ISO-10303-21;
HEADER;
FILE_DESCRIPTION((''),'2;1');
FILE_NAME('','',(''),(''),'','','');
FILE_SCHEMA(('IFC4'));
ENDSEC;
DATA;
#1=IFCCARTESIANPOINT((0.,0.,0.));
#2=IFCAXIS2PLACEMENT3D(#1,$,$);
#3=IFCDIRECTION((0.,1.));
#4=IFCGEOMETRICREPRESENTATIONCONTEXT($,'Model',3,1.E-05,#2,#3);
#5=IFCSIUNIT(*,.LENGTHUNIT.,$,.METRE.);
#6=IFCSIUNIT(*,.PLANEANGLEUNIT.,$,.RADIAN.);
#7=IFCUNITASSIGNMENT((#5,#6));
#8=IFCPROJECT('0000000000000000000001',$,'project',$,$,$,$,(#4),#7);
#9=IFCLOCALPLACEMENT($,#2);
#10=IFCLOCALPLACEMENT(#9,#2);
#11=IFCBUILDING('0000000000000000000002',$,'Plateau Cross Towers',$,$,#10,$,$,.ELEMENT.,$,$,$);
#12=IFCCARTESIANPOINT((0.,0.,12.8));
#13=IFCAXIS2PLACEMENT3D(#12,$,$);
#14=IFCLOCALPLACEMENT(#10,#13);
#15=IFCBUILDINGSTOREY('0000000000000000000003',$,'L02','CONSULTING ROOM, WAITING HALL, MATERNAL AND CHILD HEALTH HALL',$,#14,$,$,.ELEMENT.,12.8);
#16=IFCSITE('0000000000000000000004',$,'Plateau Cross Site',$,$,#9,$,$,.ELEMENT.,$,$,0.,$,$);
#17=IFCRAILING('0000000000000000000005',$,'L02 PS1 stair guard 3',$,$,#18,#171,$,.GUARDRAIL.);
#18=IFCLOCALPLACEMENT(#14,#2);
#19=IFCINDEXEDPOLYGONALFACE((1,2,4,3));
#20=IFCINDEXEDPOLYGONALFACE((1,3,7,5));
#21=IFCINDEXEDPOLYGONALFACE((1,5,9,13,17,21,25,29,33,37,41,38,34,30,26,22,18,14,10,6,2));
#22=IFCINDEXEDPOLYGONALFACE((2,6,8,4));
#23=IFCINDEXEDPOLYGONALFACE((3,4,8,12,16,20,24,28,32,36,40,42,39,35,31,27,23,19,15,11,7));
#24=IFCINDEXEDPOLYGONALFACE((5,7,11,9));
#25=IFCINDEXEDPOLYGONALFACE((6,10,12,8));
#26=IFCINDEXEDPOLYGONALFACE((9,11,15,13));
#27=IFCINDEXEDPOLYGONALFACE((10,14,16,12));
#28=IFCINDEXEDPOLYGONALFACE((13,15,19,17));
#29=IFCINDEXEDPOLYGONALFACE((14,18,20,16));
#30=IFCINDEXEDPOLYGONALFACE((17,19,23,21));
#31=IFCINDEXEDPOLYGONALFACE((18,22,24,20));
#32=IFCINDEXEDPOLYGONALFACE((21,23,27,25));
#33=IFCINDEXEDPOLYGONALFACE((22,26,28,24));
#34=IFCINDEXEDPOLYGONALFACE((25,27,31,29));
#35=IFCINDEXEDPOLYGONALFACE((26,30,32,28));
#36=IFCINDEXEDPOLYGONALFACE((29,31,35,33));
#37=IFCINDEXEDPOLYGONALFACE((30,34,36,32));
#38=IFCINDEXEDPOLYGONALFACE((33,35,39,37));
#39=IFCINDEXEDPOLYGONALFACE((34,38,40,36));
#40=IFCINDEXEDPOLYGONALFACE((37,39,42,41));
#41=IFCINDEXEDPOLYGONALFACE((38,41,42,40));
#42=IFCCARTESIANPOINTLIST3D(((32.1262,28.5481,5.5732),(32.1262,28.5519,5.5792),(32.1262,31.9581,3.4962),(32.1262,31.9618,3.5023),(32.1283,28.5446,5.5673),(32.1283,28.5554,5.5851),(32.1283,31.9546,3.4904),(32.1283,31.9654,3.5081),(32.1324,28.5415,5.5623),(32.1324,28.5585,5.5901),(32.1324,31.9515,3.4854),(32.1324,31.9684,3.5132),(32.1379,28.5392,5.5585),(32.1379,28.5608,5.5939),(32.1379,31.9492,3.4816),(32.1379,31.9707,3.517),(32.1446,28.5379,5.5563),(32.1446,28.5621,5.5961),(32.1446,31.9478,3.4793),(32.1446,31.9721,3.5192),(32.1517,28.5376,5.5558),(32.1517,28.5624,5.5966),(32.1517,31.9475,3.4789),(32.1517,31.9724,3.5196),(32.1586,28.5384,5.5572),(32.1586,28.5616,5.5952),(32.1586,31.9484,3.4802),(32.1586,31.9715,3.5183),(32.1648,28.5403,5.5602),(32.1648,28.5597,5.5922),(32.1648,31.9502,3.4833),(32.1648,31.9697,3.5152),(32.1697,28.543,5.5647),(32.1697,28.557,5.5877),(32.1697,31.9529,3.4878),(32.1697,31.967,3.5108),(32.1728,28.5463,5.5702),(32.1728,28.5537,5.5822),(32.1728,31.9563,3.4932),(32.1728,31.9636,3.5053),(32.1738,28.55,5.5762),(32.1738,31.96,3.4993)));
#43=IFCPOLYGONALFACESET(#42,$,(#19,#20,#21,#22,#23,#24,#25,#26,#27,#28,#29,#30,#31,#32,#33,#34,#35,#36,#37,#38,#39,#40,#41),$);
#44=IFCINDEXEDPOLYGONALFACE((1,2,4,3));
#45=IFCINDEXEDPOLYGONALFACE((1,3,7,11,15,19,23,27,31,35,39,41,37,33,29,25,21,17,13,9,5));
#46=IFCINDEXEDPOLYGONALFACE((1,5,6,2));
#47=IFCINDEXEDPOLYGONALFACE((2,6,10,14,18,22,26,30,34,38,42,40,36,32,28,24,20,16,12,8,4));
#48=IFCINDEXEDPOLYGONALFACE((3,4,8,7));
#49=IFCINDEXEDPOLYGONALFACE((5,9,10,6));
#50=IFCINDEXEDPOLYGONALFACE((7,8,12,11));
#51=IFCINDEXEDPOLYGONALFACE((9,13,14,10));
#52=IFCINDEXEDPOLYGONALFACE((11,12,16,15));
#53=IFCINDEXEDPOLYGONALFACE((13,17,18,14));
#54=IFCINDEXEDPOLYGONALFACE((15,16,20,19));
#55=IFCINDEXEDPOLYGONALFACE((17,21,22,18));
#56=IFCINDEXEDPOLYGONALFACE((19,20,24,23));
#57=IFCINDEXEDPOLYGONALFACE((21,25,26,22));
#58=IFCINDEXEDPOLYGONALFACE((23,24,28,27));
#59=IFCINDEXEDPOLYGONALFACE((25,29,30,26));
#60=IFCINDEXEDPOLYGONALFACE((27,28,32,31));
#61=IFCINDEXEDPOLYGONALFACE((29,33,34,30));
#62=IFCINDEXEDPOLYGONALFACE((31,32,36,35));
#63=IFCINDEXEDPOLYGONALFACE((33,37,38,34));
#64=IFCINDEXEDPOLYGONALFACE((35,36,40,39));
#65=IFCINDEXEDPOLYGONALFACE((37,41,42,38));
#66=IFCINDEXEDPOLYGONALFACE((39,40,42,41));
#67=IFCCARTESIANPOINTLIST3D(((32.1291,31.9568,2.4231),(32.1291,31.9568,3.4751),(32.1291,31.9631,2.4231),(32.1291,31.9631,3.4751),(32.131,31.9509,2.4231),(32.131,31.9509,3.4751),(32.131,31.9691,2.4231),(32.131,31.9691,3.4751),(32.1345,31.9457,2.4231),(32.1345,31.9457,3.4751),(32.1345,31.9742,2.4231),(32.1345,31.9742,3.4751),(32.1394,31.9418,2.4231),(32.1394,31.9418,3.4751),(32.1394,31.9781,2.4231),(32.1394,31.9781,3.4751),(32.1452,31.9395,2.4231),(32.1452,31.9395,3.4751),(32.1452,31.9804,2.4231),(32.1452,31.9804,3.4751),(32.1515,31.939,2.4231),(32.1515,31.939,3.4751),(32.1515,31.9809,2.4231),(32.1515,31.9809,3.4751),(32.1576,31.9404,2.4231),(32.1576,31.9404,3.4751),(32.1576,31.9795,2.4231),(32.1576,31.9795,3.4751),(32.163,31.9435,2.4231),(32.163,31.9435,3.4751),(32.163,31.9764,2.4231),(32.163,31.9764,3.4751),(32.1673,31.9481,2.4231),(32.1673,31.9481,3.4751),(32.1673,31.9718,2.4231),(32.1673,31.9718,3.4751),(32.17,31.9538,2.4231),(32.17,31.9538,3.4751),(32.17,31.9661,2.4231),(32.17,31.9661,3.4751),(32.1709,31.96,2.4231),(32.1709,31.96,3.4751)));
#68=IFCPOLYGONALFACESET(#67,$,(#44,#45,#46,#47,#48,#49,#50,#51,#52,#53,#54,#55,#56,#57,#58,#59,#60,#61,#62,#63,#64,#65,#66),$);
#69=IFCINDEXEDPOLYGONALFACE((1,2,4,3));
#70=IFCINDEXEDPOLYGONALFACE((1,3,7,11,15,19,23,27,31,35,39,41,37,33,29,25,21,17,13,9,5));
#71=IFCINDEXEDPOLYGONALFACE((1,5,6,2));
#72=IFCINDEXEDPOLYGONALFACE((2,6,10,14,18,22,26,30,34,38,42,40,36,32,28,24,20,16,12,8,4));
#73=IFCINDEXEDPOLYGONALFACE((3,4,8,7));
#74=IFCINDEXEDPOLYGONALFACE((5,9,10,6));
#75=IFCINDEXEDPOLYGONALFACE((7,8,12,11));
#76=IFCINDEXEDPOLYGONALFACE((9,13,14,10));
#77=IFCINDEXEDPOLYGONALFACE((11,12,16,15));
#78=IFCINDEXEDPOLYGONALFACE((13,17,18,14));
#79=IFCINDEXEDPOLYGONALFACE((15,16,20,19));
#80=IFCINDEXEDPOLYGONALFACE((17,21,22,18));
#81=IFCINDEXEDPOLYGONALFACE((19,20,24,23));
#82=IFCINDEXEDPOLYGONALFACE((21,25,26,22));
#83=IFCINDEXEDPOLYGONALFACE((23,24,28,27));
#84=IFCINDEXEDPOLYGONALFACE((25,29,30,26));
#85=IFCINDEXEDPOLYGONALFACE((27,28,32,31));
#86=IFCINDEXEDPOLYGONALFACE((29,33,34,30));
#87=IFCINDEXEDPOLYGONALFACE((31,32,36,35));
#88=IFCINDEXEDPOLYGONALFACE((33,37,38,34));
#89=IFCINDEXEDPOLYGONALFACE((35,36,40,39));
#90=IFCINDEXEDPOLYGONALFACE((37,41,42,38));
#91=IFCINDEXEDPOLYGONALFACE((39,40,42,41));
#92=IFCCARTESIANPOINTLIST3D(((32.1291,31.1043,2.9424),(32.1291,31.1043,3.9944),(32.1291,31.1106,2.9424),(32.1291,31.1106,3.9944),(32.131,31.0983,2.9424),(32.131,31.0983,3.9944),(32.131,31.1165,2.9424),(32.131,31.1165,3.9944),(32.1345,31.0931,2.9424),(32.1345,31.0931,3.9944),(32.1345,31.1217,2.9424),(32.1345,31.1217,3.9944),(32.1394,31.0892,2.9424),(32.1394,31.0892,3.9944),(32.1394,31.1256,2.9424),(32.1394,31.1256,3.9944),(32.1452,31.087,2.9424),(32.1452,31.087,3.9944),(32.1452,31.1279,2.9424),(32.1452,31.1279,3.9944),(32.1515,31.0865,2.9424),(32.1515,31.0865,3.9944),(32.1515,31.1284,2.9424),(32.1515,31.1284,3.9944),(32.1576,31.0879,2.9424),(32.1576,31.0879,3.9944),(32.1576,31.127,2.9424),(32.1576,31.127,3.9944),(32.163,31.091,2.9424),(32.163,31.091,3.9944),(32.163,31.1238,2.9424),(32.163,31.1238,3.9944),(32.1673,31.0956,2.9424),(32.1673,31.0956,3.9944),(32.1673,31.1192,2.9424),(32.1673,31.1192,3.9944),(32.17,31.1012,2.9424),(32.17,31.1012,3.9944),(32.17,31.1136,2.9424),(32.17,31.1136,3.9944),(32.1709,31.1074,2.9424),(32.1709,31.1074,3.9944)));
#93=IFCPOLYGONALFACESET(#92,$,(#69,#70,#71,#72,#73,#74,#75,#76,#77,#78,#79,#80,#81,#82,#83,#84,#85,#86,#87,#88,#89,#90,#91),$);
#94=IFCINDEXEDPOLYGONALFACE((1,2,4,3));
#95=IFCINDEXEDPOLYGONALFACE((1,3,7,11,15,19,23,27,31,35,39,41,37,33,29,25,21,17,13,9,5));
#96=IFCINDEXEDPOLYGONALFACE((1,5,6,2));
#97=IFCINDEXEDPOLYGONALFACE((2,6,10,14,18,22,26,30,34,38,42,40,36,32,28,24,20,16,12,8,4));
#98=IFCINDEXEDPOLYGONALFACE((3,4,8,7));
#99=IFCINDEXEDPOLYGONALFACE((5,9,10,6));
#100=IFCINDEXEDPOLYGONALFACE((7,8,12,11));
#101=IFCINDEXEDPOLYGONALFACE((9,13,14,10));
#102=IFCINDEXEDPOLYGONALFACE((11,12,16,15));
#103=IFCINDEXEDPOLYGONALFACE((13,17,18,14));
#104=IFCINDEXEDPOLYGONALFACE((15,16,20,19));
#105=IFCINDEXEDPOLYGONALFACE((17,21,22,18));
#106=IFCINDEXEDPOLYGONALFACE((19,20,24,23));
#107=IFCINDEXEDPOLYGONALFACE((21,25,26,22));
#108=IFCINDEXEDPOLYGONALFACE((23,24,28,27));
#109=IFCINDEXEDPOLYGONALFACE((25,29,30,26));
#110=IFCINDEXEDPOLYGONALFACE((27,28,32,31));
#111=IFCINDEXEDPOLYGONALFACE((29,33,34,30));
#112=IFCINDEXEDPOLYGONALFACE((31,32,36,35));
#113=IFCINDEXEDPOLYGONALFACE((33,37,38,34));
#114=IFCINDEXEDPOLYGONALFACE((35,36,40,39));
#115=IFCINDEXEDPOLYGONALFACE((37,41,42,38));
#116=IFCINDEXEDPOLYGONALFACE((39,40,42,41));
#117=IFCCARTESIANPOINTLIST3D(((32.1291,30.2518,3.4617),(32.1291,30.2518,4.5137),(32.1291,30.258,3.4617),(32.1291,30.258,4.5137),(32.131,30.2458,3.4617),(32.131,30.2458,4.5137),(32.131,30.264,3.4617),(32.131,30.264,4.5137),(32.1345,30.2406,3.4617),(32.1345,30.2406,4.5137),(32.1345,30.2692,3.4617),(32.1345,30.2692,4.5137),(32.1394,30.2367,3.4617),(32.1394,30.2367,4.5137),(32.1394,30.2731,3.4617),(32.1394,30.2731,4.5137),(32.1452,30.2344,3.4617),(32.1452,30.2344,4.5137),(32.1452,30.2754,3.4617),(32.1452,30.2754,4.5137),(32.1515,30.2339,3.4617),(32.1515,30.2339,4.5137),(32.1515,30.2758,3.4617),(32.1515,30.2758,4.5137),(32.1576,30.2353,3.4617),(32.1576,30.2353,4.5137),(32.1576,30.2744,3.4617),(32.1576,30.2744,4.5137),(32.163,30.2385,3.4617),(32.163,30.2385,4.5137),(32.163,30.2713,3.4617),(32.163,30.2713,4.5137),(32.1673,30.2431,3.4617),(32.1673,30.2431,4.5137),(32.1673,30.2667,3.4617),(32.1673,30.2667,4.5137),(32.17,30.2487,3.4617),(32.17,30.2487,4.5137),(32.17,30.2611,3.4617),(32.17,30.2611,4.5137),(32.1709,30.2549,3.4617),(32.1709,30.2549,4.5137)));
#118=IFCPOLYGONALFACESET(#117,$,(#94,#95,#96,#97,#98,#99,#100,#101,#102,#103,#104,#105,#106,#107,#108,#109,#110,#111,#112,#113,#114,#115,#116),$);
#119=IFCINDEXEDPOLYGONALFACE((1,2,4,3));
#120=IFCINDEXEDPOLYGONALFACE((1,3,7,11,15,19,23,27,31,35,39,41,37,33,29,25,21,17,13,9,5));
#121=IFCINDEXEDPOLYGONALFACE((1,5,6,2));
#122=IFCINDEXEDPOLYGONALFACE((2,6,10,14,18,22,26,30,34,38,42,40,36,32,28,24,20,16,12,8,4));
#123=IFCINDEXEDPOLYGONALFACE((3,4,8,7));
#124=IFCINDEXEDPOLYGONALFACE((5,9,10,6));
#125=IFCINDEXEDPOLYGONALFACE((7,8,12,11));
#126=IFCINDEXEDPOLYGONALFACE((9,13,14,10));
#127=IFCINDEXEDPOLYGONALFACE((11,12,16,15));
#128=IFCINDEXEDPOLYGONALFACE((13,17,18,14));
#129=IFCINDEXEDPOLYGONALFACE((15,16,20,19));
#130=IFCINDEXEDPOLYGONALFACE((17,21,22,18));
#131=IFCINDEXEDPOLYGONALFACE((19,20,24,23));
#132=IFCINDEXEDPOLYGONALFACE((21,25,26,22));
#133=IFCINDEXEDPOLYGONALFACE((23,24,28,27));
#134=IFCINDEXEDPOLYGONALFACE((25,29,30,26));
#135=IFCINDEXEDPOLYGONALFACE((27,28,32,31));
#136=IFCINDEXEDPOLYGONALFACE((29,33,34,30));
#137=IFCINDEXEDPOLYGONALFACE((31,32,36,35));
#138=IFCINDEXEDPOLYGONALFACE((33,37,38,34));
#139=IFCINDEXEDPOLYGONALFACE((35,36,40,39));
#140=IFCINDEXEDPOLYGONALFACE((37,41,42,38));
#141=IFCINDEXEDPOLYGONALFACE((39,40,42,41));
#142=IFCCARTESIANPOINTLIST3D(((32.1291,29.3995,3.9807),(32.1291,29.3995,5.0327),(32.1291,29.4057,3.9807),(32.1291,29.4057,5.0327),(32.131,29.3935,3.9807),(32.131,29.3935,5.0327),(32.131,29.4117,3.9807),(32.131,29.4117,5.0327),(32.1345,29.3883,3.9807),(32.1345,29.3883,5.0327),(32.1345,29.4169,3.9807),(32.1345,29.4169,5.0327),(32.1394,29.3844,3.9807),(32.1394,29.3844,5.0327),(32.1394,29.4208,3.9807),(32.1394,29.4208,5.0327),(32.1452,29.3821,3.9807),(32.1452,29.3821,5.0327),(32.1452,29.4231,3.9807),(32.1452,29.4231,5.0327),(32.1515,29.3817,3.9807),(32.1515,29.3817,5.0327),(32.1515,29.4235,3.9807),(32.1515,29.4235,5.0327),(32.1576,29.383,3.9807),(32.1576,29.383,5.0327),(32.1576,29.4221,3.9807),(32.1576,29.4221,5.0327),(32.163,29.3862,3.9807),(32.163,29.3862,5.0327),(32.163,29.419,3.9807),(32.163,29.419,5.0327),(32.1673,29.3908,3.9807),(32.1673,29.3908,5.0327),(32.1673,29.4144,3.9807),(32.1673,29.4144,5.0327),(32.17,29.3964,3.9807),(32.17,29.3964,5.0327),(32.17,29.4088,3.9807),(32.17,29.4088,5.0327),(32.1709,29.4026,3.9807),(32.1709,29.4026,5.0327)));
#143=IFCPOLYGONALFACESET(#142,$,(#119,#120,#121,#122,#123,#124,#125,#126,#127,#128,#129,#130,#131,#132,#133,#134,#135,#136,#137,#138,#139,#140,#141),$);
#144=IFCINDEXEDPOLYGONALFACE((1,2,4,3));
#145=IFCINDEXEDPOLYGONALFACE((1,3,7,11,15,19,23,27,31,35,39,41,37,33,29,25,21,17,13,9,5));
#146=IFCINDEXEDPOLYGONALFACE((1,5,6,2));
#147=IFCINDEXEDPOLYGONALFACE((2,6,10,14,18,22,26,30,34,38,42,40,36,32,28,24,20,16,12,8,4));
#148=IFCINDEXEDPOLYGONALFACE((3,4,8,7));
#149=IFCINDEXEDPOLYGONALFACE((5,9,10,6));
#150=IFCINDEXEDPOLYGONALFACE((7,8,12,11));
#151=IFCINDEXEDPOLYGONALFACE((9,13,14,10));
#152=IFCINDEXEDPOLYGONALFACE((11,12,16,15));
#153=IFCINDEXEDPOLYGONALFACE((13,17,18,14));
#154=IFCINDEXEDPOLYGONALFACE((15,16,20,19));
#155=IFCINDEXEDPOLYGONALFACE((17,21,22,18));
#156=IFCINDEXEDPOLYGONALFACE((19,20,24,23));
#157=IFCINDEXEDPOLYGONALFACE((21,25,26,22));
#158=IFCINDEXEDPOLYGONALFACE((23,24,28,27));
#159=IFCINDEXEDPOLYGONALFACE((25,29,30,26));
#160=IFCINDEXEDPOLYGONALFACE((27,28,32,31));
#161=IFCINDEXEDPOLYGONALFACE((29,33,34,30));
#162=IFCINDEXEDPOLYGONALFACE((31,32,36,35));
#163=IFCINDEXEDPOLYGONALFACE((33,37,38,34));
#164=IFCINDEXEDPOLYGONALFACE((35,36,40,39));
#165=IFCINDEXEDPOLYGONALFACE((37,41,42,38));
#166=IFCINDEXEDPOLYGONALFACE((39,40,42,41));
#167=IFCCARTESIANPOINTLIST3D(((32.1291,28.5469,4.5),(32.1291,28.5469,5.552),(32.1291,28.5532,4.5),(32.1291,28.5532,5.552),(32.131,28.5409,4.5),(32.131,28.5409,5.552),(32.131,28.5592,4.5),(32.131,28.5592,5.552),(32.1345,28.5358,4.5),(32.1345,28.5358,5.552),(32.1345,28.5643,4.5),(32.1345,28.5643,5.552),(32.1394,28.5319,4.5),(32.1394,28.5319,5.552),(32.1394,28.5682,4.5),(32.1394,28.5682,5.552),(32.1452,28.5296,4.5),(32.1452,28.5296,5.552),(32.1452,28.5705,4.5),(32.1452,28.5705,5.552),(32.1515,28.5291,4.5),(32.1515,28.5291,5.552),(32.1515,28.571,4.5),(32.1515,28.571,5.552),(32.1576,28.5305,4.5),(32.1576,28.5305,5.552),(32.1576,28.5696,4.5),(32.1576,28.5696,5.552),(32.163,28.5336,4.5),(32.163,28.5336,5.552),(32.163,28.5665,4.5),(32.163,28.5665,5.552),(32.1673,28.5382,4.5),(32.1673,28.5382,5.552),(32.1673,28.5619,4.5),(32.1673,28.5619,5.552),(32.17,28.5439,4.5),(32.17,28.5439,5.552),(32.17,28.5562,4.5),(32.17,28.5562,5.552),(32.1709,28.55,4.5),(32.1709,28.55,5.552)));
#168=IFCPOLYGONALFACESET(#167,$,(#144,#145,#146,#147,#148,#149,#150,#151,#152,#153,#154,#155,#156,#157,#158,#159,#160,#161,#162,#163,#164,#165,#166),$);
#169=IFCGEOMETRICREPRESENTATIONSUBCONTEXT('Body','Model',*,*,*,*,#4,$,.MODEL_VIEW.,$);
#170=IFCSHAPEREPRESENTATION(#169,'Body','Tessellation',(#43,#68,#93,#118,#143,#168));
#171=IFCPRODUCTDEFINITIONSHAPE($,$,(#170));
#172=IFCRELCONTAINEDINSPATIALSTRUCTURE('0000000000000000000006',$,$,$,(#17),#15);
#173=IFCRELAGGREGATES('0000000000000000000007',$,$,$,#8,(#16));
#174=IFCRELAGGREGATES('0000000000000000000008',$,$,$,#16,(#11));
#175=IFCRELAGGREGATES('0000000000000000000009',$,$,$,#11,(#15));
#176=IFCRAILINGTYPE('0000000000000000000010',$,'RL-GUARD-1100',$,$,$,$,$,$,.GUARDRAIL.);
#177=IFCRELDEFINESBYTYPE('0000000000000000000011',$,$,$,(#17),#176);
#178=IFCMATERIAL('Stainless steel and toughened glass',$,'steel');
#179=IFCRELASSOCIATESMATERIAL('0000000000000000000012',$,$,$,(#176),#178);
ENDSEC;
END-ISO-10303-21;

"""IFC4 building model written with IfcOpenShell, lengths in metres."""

from ifc_helpers import new_model, si_unit, direction, frame, origin, origin_2d, place, context, subcontext, project, spatial, circle, extrude, material, type_object, element, save


model = new_model("IFC4")

# Units and contexts
model_context = context("Model", 3, precision=1e-05, world=origin(), true_north=direction((0.0, 1.0)))
body_context = subcontext(model_context, "Body", "Model", "MODEL_VIEW")
ifc_project = project(units=[si_unit("LENGTHUNIT", "METRE"), si_unit("PLANEANGLEUNIT", "RADIAN")], contexts=[model_context])

# Site, building, storey
site_placement = place(None, origin())
site = spatial("IfcSite", under=ifc_project, at=site_placement, Name="Plateau Cross Site", CompositionType="ELEMENT", RefElevation=0.0)
building_placement = place(site_placement, origin())
building = spatial("IfcBuilding", under=site, at=building_placement, Name="Plateau Cross Towers", CompositionType="ELEMENT")
storey_placement = place(building_placement, frame((0.0, 0.0, 12.8)))
storey = spatial("IfcBuildingStorey", under=building, at=storey_placement, Name="L02", Description="CONSULTING ROOM, WAITING HALL, MATERNAL AND CHILD HEALTH HALL", CompositionType="ELEMENT", Elevation=12.8)

# Railing
ifc_material_1 = material(Name="Stainless steel and toughened glass", Category="steel")
railing_type_1 = type_object("IfcRailingType", Name="RL-GUARD-1100", PredefinedType="GUARDRAIL", material=ifc_material_1)
railing_1_placement = place(storey_placement, frame((32.1499, 31.96, 2.4231)))
element("IfcRailing", 1, at=railing_1_placement, inside=storey, type_object=railing_type_1, Name="L02 PS1 stair guard 3", PredefinedType="GUARDRAIL", context=body_context, shape_type="SweptSolid", body=[
    extrude(circle(Radius=0.0239, at=origin_2d()), frame((0.0, 0.0, 1.0762), z_axis=(0.0, -0.854053, 0.520186), x_axis=(1.0, 0.0, 0.0)), (0.0, 0.0, 1.0), 3.9927),
    extrude(circle(Radius=0.021, at=origin_2d()), origin(), (0.0, 0.0, 1.0), 1.052),
    extrude(circle(Radius=0.021, at=origin_2d()), frame((0.0, -0.8525, 0.5193)), (0.0, 0.0, 1.0), 1.052),
    extrude(circle(Radius=0.021, at=origin_2d()), frame((0.0, -1.7051, 1.0386)), (0.0, 0.0, 1.0), 1.052),
    extrude(circle(Radius=0.021, at=origin_2d()), frame((0.0, -2.5574, 1.5576)), (0.0, 0.0, 1.0), 1.052),
    extrude(circle(Radius=0.021, at=origin_2d()), frame((0.0, -3.4099, 2.0769)), (0.0, 0.0, 1.0), 1.052),
])

save(model, "model.ifc")
